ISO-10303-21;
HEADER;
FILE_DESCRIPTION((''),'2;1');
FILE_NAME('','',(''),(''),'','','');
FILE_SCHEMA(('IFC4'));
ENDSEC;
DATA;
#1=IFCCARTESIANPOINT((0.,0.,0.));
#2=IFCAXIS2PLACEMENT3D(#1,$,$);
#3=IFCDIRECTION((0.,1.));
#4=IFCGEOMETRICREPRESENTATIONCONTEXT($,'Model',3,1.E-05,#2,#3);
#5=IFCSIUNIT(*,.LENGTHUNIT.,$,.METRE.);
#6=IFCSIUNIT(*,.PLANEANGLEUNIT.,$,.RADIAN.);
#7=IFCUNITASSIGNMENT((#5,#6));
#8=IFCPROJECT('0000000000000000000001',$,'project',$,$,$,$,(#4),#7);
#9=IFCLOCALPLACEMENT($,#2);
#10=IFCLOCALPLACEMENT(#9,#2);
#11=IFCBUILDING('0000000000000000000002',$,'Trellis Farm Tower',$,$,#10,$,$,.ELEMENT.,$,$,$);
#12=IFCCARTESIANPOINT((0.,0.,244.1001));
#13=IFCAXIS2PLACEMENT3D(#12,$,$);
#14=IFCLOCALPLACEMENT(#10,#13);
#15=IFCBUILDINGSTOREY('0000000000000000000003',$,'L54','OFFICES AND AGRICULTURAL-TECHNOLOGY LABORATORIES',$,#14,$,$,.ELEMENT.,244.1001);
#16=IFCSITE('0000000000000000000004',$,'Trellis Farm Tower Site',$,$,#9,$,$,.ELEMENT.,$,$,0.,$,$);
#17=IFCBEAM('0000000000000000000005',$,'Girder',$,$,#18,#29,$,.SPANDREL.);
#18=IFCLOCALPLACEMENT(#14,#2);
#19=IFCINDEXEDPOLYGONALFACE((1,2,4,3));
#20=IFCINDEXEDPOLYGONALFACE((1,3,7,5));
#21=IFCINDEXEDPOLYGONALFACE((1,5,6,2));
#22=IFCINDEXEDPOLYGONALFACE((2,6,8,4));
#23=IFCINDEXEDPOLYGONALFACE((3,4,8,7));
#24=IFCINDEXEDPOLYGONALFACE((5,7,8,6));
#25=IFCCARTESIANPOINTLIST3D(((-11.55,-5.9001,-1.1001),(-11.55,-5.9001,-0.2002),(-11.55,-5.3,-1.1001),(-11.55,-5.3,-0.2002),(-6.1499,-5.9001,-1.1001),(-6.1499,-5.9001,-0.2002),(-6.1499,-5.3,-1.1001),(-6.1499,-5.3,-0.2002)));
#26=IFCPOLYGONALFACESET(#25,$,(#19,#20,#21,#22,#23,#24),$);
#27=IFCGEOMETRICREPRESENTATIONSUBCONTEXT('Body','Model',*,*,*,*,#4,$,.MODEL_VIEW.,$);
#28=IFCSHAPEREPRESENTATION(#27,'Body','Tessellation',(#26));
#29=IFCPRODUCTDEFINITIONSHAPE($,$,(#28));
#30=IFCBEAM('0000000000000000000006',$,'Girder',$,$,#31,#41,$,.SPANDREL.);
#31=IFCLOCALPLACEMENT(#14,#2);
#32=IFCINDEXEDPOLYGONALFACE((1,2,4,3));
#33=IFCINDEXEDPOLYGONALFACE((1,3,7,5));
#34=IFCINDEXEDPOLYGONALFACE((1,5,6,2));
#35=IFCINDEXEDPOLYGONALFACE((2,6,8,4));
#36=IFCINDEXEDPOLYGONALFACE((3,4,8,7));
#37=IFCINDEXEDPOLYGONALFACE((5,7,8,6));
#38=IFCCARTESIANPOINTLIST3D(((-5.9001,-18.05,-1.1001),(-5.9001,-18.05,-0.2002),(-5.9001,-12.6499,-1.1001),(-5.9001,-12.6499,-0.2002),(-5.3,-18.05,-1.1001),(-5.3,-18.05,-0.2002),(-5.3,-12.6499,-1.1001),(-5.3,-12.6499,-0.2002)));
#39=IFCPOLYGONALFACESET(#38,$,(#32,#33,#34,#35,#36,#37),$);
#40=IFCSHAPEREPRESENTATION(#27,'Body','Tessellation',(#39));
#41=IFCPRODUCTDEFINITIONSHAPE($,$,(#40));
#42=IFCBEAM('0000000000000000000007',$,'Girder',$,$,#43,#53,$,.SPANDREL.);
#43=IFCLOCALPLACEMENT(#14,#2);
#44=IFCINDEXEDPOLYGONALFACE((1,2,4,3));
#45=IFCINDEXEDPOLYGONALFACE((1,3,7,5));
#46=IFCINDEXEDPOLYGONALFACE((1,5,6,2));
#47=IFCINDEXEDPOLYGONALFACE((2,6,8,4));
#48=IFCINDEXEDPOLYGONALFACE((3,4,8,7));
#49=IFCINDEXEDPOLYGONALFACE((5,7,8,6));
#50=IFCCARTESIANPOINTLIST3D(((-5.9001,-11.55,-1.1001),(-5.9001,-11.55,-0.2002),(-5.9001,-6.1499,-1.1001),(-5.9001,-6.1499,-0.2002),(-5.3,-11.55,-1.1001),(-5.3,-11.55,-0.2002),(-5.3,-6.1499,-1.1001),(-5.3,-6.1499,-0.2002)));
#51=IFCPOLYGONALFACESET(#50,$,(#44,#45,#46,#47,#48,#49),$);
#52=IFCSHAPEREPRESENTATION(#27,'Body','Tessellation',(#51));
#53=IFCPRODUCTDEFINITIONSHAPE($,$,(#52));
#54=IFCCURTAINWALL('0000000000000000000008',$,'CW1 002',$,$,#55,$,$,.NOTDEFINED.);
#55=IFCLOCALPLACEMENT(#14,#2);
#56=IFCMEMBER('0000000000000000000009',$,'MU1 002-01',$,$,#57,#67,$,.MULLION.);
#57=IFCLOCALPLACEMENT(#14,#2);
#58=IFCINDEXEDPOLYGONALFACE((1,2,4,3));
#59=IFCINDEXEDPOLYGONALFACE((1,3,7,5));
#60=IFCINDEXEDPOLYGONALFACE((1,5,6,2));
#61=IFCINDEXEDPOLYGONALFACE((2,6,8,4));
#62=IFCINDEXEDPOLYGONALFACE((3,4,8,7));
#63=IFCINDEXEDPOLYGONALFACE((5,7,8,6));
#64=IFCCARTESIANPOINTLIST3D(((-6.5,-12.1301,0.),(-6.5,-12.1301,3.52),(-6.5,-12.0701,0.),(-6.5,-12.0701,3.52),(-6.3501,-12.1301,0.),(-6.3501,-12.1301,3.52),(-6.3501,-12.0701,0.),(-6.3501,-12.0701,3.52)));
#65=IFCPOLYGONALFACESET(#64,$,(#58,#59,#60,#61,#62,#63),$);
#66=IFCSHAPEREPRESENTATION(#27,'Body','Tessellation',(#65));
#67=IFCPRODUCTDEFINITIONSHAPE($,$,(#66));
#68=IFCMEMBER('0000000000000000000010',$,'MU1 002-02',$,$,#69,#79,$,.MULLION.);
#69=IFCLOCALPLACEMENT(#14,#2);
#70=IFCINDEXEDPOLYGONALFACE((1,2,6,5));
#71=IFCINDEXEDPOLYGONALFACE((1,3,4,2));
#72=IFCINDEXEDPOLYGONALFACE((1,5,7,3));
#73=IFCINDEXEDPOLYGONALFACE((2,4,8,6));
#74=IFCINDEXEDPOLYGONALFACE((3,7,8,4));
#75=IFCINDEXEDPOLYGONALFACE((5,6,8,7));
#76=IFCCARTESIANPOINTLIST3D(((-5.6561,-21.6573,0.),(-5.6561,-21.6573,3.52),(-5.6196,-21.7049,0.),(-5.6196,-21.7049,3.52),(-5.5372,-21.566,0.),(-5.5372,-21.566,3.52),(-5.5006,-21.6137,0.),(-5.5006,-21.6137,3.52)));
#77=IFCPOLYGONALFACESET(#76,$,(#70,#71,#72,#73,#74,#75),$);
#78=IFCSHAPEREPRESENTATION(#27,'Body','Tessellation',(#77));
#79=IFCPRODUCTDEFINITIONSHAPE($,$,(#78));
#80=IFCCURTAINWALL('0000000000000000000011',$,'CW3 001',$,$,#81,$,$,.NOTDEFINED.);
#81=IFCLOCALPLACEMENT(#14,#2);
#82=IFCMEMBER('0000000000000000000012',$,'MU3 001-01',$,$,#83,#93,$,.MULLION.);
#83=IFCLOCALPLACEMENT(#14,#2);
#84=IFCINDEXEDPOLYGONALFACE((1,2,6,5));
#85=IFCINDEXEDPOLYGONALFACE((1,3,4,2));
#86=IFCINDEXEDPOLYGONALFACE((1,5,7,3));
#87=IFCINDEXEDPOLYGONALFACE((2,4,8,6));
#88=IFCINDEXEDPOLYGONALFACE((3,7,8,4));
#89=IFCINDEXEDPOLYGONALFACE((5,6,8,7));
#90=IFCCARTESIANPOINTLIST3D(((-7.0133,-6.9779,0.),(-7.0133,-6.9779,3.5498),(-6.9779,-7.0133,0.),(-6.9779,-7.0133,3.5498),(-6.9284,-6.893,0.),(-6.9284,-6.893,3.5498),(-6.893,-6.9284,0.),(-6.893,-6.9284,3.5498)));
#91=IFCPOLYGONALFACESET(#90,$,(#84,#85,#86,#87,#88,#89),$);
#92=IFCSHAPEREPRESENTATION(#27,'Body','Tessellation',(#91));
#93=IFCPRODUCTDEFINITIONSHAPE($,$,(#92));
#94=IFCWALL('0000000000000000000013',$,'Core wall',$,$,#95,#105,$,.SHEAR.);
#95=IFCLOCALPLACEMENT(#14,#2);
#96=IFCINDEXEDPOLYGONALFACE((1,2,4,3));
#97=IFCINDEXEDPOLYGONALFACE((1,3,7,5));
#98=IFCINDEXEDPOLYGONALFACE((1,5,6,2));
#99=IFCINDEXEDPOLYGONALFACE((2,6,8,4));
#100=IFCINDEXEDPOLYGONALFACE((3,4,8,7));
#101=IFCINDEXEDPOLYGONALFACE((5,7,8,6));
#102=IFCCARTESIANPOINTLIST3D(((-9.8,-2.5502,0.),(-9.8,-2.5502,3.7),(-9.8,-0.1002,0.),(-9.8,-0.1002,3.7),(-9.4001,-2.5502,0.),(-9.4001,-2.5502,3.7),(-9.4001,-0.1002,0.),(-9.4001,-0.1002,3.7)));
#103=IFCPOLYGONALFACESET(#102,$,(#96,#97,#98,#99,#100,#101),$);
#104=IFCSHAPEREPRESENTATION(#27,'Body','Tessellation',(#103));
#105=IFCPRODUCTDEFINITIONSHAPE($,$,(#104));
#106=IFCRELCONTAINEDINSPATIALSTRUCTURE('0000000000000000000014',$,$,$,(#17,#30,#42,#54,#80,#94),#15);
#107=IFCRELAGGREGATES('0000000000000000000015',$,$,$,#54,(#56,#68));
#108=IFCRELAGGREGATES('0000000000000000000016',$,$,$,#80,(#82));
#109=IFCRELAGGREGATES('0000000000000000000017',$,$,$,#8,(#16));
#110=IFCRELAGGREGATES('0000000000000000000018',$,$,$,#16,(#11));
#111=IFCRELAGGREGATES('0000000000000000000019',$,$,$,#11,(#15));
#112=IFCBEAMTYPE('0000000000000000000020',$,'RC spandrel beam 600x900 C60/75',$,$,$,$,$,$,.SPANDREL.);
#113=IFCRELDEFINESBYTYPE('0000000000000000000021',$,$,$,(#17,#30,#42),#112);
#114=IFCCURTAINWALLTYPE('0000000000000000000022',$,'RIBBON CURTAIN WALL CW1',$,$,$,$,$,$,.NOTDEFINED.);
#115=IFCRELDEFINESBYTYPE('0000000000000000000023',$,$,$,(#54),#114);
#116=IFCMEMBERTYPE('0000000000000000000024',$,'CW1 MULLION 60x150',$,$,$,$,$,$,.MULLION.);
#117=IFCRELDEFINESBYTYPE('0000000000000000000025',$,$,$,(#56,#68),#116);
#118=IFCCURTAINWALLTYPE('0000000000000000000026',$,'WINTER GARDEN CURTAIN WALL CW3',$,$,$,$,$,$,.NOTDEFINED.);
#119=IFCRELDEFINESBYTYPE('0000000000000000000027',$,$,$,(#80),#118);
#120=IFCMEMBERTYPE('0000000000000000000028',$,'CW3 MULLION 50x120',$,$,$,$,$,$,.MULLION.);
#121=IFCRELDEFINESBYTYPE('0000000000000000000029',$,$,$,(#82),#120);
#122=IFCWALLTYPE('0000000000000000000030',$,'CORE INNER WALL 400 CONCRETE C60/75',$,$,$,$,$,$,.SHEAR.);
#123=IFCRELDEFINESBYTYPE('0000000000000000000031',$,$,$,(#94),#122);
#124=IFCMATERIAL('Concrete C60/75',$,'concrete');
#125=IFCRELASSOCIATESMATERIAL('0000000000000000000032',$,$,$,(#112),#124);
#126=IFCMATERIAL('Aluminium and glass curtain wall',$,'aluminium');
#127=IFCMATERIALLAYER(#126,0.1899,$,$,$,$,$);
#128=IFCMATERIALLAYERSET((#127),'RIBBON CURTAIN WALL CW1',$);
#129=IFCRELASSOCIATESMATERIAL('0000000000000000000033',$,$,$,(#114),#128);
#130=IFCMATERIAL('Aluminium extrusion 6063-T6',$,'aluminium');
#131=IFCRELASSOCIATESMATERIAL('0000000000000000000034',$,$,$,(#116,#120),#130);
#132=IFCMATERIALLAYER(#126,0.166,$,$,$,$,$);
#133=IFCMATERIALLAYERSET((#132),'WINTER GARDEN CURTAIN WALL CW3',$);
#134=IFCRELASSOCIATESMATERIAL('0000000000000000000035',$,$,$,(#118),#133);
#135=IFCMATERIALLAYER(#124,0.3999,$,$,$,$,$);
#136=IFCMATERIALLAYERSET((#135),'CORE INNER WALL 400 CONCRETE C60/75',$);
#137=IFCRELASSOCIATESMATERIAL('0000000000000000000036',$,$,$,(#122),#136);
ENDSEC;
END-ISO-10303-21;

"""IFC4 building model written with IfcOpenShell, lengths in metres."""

from ifc_helpers import new_model, si_unit, direction, frame, frame_2d, origin, origin_2d, place, context, subcontext, project, spatial, rectangle, extrude, source, transform, mapped, material, layer, layer_set, material_profile, profile_set, type_object, element, aggregate, save


model = new_model("IFC4")

# Units and contexts
model_context = context("Model", 3, precision=1e-05, world=origin(), true_north=direction((0.0, 1.0)))
body_context = subcontext(model_context, "Body", "Model", "MODEL_VIEW")
ifc_project = project(units=[si_unit("LENGTHUNIT", "METRE"), si_unit("PLANEANGLEUNIT", "RADIAN")], contexts=[model_context])

# Site, building, storey
site_placement = place(None, origin())
site = spatial("IfcSite", under=ifc_project, at=site_placement, Name="Trellis Farm Tower Site", CompositionType="ELEMENT", RefElevation=0.0)
building_placement = place(site_placement, origin())
building = spatial("IfcBuilding", under=site, at=building_placement, Name="Trellis Farm Tower", CompositionType="ELEMENT")
storey_placement = place(building_placement, frame((0.0, 0.0, 244.1001)))
storey = spatial("IfcBuildingStorey", under=building, at=storey_placement, Name="L54", Description="OFFICES AND AGRICULTURAL-TECHNOLOGY LABORATORIES", CompositionType="ELEMENT", Elevation=244.1001)

# Shared definitions
ifc_material_1 = material(Name="Concrete C60/75", Category="concrete")

# Beams
ifc_material_profile_1 = material_profile(ifc_material_1, rectangle(XDim=0.6001, YDim=0.8999, at=origin_2d()), Name="RC spandrel beam 600x900 C60/75")
ifc_profile_set_1 = profile_set([ifc_material_profile_1], Name="Concrete C60/75")
beam_type_1 = type_object("IfcBeamType", Name="RC spandrel beam 600x900 C60/75", PredefinedType="SPANDREL", material=ifc_profile_set_1)
shared_shape_1 = source(origin(), body_context, "Body", "SweptSolid", [
    extrude(rectangle(XDim=0.6001, YDim=0.8999, at=origin_2d()), origin(), (0.0, 0.0, 1.0), 5.4001),
])
for number, where, z_axis, x_axis, name in (
    (1, (-11.55, -5.6001, -0.6501), (1.0, 0.0, 0.0), (0.0, 1.0, 0.0), "Girder"),
    (2, (-5.6001, -18.05, -0.6501), (0.0, 1.0, 0.0), (-1.0, 0.0, 0.0), "Girder"),
    (3, (-5.6001, -11.55, -0.6501), (0.0, 1.0, 0.0), (-1.0, 0.0, 0.0), "Girder"),
):
    element("IfcBeam", number, at=place(storey_placement, frame(where, z_axis=z_axis, x_axis=x_axis)), inside=storey, type_object=beam_type_1, Name=name, PredefinedType="SPANDREL", context=body_context, shape_type="MappedRepresentation", body=[
        mapped(shared_shape_1, transform((0.0, 0.0, 0.0))),
    ])

# Curtain wall, members
ifc_material_2 = material(Name="Aluminium and glass curtain wall", Category="aluminium")
ifc_layer_1 = layer(ifc_material_2, 0.1899)
ifc_layer_set_1 = layer_set([ifc_layer_1], Name="RIBBON CURTAIN WALL CW1")
curtain_wall_type_1 = type_object("IfcCurtainWallType", Name="RIBBON CURTAIN WALL CW1", PredefinedType="NOTDEFINED", material=ifc_layer_set_1)
placement = place(storey_placement, origin())
curtain_wall_1 = element("IfcCurtainWall", 4, at=placement, inside=storey, type_object=curtain_wall_type_1, Name="CW1 002", PredefinedType="NOTDEFINED")
ifc_material_3 = material(Name="Aluminium extrusion 6063-T6", Category="aluminium")
ifc_material_profile_2 = material_profile(ifc_material_3, rectangle(XDim=0.0601, YDim=0.1499, at=origin_2d()), Name="MULLION 60x150")
ifc_profile_set_2 = profile_set([ifc_material_profile_2], Name="Aluminium extrusion 6063-T6")
member_type_1 = type_object("IfcMemberType", Name="CW1 MULLION 60x150", PredefinedType="MULLION", material=ifc_profile_set_2)
shared_shape_2 = source(origin(), body_context, "Body", "SweptSolid", [
    extrude(rectangle(XDim=0.0601, YDim=0.1499, at=origin_2d()), origin(), (0.0, 0.0, 1.0), 3.52),
])
member_1_placement = place(storey_placement, frame((-6.425, -12.1001, 0.0), z_axis=(0.0, 0.0, 1.0), x_axis=(0.0, -1.0, 0.0)))
member_1 = element("IfcMember", 5, at=member_1_placement, type_object=member_type_1, Name="MU1 002-01", PredefinedType="MULLION", context=body_context, shape_type="MappedRepresentation", body=[
    mapped(shared_shape_2, transform((0.0, 0.0, 0.0))),
])
member_2_placement = place(storey_placement, frame((-5.5784, -21.6355, 0.0), z_axis=(0.0, 0.0, 1.0), x_axis=(0.608761, -0.793353, 0.0)))
member_2 = element("IfcMember", 6, at=member_2_placement, type_object=member_type_1, Name="MU1 002-02", PredefinedType="MULLION", context=body_context, shape_type="MappedRepresentation", body=[
    mapped(shared_shape_2, transform((0.0, 0.0, 0.0))),
])
aggregate(curtain_wall_1, [member_1, member_2])

# Curtain wall, member
ifc_layer_2 = layer(ifc_material_2, 0.166)
ifc_layer_set_2 = layer_set([ifc_layer_2], Name="WINTER GARDEN CURTAIN WALL CW3")
curtain_wall_type_2 = type_object("IfcCurtainWallType", Name="WINTER GARDEN CURTAIN WALL CW3", PredefinedType="NOTDEFINED", material=ifc_layer_set_2)
curtain_wall_2 = element("IfcCurtainWall", 7, at=placement, inside=storey, type_object=curtain_wall_type_2, Name="CW3 001", PredefinedType="NOTDEFINED")
ifc_material_profile_3 = material_profile(ifc_material_3, rectangle(XDim=0.05, YDim=0.1201, at=origin_2d()), Name="MULLION 50x120")
ifc_profile_set_3 = profile_set([ifc_material_profile_3], Name="Aluminium extrusion 6063-T6")
member_type_2 = type_object("IfcMemberType", Name="CW3 MULLION 50x120", PredefinedType="MULLION", material=ifc_profile_set_3)
shared_shape_3 = source(origin(), body_context, "Body", "SweptSolid", [
    extrude(rectangle(XDim=0.05, YDim=0.1201, at=origin_2d()), origin(), (0.0, 0.0, 1.0), 3.5498),
])
member_3_placement = place(storey_placement, frame((-6.9531, -6.9531, 0.0), z_axis=(0.0, 0.0, 1.0), x_axis=(0.707107, -0.707107, 0.0)))
member_3 = element("IfcMember", 8, at=member_3_placement, type_object=member_type_2, Name="MU3 001-01", PredefinedType="MULLION", context=body_context, shape_type="MappedRepresentation", body=[
    mapped(shared_shape_3, transform((0.0, 0.0, 0.0))),
])
aggregate(curtain_wall_2, [member_3])

# Wall
ifc_layer_3 = layer(ifc_material_1, 0.3999)
ifc_layer_set_3 = layer_set([ifc_layer_3], Name="CORE INNER WALL 400 CONCRETE C60/75")
wall_type_1 = type_object("IfcWallType", Name="CORE INNER WALL 400 CONCRETE C60/75", PredefinedType="SHEAR", material=ifc_layer_set_3)
shared_shape_4 = source(origin(), body_context, "Body", "SweptSolid", [
    extrude(rectangle(XDim=2.45, YDim=0.3999, at=frame_2d((1.2251, 0.0))), origin(), (0.0, 0.0, 1.0), 3.7),
])
wall_1_placement = place(storey_placement, frame((-9.6001, -0.1001, 0.0), z_axis=(0.0, 0.0, 1.0), x_axis=(0.0, -1.0, 0.0)))
element("IfcWall", 9, at=wall_1_placement, inside=storey, type_object=wall_type_1, Name="Core wall", PredefinedType="SHEAR", context=body_context, shape_type="MappedRepresentation", body=[
    mapped(shared_shape_4, transform((0.0, 0.0, 0.0))),
])

save(model, "model.ifc")
